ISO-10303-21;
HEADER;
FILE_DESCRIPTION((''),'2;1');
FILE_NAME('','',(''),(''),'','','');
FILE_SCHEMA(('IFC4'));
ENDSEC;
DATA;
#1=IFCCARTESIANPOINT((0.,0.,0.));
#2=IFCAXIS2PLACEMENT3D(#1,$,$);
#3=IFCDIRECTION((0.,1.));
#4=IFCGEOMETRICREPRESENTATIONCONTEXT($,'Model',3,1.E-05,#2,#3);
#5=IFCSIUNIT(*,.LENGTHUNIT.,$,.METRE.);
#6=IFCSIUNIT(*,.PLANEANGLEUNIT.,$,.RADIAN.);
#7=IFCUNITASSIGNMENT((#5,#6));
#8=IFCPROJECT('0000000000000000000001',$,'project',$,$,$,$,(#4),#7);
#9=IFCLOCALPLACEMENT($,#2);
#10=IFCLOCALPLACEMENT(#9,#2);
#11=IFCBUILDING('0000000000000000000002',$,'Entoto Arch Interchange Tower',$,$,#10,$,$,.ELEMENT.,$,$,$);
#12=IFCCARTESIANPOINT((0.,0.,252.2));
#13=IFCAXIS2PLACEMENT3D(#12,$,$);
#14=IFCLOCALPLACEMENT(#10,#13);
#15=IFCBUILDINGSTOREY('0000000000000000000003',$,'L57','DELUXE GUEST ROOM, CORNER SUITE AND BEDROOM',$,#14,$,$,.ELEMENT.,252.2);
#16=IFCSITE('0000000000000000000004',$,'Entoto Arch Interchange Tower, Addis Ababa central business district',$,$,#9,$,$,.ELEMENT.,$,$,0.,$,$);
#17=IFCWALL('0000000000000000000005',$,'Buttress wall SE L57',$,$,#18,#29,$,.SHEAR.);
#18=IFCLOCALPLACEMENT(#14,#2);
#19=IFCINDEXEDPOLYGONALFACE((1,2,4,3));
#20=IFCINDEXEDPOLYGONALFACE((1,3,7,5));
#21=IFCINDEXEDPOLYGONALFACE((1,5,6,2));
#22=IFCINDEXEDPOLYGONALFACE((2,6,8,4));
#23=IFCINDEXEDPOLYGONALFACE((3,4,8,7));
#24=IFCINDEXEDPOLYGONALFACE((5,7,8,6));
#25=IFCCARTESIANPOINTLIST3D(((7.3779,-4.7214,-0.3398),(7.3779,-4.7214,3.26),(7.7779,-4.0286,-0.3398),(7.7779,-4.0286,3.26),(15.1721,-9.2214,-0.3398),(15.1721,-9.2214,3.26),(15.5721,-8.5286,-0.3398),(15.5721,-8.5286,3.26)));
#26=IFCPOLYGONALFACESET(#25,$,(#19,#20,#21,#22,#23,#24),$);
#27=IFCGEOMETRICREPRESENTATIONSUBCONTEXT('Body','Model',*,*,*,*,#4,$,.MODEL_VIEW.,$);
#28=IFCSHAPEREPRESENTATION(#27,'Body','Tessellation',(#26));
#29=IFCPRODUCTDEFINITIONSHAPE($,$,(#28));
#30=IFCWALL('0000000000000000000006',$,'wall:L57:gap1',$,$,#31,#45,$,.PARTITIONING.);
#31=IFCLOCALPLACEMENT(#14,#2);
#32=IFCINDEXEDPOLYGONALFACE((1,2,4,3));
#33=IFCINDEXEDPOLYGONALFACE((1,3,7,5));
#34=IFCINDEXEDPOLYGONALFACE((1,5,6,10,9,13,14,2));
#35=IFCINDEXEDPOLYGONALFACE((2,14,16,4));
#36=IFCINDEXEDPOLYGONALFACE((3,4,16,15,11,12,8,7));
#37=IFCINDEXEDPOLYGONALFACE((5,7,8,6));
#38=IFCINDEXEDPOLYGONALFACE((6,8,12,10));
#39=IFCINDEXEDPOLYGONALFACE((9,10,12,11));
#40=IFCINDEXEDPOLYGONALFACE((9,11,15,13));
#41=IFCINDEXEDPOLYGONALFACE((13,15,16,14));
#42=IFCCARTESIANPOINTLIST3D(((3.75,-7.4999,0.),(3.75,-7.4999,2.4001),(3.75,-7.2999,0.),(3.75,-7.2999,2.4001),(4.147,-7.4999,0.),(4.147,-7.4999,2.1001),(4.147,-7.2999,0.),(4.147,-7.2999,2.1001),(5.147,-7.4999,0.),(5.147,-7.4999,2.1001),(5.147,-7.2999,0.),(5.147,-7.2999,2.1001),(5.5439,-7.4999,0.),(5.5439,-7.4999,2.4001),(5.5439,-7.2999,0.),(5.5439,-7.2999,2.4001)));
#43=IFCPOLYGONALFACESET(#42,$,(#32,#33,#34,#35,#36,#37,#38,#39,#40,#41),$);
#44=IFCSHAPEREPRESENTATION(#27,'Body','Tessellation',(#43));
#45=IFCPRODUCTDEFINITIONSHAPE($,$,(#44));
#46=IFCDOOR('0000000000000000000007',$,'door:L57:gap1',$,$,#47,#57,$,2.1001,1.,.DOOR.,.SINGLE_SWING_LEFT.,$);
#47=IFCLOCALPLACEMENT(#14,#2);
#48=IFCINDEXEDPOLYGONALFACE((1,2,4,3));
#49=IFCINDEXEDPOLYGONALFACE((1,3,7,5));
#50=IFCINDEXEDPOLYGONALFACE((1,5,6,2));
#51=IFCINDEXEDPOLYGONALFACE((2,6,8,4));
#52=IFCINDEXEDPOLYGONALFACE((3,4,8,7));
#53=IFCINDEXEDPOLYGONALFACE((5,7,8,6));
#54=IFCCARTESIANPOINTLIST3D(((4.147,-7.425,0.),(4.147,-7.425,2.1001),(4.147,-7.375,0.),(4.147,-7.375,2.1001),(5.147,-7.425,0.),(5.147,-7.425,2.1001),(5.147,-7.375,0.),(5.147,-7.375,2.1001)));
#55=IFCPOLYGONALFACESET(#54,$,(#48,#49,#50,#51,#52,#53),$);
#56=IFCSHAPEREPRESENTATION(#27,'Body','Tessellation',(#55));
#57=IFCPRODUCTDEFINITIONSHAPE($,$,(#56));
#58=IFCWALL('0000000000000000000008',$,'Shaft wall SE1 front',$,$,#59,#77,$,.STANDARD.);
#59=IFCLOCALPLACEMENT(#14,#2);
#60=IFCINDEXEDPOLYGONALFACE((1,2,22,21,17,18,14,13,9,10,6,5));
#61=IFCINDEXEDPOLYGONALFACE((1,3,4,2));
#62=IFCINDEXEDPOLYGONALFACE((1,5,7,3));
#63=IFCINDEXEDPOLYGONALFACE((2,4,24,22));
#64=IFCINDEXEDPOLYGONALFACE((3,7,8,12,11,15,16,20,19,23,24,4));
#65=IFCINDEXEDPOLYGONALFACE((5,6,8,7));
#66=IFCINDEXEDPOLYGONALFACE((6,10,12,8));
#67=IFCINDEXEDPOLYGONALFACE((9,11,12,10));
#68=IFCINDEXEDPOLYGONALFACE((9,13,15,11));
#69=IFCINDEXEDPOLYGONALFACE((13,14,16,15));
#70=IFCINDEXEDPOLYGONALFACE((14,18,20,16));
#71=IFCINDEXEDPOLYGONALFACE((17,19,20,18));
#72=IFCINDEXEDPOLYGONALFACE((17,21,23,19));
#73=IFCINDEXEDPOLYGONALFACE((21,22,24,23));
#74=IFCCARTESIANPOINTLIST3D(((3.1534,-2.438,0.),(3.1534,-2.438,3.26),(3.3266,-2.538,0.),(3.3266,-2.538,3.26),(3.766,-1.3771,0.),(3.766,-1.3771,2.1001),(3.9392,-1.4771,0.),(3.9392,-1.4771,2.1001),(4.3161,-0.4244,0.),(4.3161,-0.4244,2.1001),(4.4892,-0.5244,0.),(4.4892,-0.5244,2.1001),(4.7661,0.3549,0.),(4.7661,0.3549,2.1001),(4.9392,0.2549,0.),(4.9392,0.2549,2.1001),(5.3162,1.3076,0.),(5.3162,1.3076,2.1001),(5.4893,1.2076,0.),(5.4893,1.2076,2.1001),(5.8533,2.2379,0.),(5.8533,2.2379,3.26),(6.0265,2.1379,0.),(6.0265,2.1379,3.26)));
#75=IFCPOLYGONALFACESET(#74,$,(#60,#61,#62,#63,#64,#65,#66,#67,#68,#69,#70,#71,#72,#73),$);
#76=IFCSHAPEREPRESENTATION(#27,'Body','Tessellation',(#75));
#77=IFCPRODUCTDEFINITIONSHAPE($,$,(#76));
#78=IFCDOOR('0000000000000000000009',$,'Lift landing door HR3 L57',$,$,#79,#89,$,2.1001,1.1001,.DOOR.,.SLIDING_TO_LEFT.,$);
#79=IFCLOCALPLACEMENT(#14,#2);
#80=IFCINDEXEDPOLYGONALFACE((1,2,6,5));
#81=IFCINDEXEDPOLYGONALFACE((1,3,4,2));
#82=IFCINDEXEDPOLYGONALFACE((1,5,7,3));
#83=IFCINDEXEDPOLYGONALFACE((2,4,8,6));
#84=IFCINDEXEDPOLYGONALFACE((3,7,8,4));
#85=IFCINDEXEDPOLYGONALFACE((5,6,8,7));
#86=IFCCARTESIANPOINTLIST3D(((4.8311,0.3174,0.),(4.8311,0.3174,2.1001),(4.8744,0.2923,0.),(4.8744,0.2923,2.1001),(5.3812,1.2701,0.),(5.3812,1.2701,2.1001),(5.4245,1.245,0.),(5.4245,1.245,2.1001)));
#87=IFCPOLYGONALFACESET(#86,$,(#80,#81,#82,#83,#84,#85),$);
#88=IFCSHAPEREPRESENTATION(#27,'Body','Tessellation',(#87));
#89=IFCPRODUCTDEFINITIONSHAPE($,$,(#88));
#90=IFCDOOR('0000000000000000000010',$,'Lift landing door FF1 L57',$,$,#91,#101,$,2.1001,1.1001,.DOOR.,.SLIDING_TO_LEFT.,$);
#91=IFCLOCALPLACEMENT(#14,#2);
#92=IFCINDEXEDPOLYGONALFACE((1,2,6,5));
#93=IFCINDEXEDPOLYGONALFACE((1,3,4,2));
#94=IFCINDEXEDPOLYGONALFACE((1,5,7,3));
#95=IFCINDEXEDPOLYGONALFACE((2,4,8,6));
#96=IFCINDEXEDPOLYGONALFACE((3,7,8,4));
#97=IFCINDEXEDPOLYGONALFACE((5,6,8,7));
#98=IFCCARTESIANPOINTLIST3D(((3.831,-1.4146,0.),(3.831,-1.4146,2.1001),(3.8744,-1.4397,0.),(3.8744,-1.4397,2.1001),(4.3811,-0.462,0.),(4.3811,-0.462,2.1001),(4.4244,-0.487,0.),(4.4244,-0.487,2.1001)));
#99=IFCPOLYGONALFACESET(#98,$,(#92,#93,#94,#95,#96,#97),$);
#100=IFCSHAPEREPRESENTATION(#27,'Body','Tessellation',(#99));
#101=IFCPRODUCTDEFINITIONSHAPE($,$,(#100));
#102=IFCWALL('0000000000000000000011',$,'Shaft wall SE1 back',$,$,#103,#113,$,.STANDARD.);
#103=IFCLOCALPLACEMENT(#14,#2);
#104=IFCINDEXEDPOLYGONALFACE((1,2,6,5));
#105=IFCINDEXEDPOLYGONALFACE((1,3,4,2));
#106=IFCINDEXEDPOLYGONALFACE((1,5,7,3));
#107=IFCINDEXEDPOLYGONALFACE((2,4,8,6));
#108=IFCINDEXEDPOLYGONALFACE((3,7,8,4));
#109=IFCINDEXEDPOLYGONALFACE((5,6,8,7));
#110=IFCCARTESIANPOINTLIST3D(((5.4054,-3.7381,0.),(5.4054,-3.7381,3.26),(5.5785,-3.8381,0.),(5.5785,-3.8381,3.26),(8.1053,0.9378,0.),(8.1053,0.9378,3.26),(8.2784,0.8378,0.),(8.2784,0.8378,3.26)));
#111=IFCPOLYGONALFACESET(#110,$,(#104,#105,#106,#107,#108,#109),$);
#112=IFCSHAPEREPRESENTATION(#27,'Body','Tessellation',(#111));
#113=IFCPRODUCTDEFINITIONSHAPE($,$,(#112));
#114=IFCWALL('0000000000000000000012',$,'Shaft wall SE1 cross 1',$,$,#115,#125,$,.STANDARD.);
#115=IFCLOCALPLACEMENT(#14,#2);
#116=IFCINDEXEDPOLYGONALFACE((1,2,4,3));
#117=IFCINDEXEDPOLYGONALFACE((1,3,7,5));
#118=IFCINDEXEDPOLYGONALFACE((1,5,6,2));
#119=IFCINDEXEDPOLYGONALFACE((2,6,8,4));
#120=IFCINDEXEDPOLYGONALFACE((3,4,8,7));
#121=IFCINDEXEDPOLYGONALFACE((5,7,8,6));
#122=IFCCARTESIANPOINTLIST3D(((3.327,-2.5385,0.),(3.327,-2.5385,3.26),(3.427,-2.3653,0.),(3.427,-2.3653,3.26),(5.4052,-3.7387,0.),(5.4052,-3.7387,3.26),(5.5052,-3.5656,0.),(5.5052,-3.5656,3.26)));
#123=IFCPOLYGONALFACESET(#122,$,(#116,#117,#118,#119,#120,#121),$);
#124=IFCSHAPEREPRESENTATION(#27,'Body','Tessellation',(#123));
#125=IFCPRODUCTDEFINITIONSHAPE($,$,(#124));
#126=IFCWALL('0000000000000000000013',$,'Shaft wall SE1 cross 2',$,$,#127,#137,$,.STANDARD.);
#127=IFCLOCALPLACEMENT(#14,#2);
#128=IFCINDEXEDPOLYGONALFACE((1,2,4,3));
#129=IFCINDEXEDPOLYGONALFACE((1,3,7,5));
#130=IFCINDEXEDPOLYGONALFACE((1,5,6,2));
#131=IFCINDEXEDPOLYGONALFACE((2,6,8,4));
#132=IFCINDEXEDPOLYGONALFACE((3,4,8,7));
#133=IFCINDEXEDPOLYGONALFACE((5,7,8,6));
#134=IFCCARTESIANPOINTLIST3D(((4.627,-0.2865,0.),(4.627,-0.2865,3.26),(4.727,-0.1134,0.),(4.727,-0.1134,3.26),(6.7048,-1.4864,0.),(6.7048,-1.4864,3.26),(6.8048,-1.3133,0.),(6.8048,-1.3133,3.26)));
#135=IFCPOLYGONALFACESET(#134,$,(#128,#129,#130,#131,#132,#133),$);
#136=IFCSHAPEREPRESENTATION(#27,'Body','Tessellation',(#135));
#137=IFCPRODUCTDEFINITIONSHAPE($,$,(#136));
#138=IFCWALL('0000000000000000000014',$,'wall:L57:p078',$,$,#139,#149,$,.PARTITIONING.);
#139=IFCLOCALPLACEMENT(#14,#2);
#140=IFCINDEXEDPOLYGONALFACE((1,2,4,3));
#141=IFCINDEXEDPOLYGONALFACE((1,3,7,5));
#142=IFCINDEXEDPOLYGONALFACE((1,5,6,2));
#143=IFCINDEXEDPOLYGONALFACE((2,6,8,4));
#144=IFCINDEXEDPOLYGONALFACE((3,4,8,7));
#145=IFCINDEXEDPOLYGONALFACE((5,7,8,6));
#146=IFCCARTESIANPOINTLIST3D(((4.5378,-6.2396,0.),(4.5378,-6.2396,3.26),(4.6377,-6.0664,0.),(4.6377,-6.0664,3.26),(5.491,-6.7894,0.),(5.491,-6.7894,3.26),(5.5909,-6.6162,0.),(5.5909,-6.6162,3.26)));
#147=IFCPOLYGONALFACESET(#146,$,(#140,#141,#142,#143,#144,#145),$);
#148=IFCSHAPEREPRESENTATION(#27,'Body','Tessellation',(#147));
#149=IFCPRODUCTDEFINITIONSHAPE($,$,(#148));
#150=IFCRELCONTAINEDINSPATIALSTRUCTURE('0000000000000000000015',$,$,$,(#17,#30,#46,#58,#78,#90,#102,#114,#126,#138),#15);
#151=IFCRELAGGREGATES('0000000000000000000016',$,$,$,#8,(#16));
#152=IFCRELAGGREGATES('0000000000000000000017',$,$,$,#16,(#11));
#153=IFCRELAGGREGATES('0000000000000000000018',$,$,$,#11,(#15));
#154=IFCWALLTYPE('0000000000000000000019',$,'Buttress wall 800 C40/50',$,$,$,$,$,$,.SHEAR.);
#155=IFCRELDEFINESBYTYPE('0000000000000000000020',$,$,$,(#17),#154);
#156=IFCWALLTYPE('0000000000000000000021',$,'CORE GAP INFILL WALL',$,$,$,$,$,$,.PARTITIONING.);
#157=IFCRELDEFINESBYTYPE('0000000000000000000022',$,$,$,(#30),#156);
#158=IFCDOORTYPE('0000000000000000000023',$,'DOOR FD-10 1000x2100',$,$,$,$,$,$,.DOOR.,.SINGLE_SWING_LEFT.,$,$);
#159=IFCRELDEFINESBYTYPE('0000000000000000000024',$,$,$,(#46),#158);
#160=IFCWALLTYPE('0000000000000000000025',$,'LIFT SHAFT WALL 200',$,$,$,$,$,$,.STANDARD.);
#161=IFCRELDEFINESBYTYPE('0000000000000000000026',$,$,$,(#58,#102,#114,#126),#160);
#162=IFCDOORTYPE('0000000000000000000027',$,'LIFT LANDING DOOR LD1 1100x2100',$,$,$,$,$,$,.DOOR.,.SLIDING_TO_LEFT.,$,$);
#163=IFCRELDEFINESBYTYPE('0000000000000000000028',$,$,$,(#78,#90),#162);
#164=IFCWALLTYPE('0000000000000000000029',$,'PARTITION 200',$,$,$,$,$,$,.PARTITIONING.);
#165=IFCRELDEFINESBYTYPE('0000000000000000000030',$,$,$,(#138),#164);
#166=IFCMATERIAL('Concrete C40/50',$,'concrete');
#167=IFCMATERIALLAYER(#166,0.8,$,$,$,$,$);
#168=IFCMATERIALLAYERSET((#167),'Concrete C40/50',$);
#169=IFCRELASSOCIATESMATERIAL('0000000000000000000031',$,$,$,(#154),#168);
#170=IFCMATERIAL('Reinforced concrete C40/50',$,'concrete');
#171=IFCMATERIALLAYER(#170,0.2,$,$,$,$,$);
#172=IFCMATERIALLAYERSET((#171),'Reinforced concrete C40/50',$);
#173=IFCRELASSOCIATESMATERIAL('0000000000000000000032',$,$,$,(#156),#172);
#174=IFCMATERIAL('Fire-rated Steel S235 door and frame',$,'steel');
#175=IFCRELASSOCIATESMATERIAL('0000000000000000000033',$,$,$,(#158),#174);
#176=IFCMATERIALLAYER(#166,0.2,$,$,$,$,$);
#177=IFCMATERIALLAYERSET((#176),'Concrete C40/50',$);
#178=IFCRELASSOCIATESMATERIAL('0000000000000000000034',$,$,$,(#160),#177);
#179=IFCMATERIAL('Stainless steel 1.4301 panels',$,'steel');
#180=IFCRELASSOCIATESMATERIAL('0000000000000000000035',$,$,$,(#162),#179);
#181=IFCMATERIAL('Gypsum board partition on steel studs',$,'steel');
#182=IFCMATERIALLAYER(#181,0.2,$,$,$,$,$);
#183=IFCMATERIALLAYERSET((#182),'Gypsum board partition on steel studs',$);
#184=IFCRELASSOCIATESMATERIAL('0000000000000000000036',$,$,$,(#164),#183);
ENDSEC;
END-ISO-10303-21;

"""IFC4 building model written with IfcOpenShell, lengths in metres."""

from ifc_helpers import new_model, si_unit, direction, frame, frame_2d, origin, place, context, subcontext, project, spatial, rectangle, extrude, material, layer, layer_set, type_object, element, fill, save


model = new_model("IFC4")

# Units and contexts
model_context = context("Model", 3, precision=1e-05, world=origin(), true_north=direction((0.0, 1.0)))
body_context = subcontext(model_context, "Body", "Model", "MODEL_VIEW")
ifc_project = project(units=[si_unit("LENGTHUNIT", "METRE"), si_unit("PLANEANGLEUNIT", "RADIAN")], contexts=[model_context])

# Site, building, storey
site_placement = place(None, origin())
site = spatial("IfcSite", under=ifc_project, at=site_placement, Name="Entoto Arch Interchange Tower, Addis Ababa central business district", CompositionType="ELEMENT", RefElevation=0.0)
building_placement = place(site_placement, origin())
building = spatial("IfcBuilding", under=site, at=building_placement, Name="Entoto Arch Interchange Tower", CompositionType="ELEMENT")
storey_placement = place(building_placement, frame((0.0, 0.0, 252.2)))
storey = spatial("IfcBuildingStorey", under=building, at=storey_placement, Name="L57", Description="DELUXE GUEST ROOM, CORNER SUITE AND BEDROOM", CompositionType="ELEMENT", Elevation=252.2)

# Wall
ifc_material_1 = material(Name="Concrete C40/50", Category="concrete")
ifc_layer_1 = layer(ifc_material_1, 0.8)
ifc_layer_set_1 = layer_set([ifc_layer_1], Name="Concrete C40/50")
wall_type_1 = type_object("IfcWallType", Name="Buttress wall 800 C40/50", PredefinedType="SHEAR", material=ifc_layer_set_1)
wall_1_placement = place(storey_placement, frame((7.5779, -4.375, -0.3398), z_axis=(0.0, 0.0, 1.0), x_axis=(0.866024, -0.500002, 0.0)))
element("IfcWall", 1, at=wall_1_placement, inside=storey, type_object=wall_type_1, Name="Buttress wall SE L57", PredefinedType="SHEAR", context=body_context, shape_type="SweptSolid", body=[
    extrude(rectangle(XDim=9.0, YDim=0.8, at=frame_2d((4.5, 0.0))), origin(), (0.0, 0.0, 1.0), 3.5999),
])

# Wall, opening, door
ifc_material_2 = material(Name="Reinforced concrete C40/50", Category="concrete")
ifc_layer_2 = layer(ifc_material_2, 0.2)
ifc_layer_set_2 = layer_set([ifc_layer_2], Name="Reinforced concrete C40/50")
wall_type_2 = type_object("IfcWallType", Name="CORE GAP INFILL WALL", PredefinedType="PARTITIONING", material=ifc_layer_set_2)
wall_2_placement = place(storey_placement, frame((3.75, -7.3999, 0.0), z_axis=(0.0, 0.0, 1.0), x_axis=(1.0, 0.0, 0.0)))
wall_2 = element("IfcWall", 2, at=wall_2_placement, inside=storey, type_object=wall_type_2, Name="wall:L57:gap1", PredefinedType="PARTITIONING", context=body_context, shape_type="SweptSolid", body=[
    extrude(rectangle(XDim=1.7939, YDim=0.2, at=frame_2d((0.897, 0.0))), origin(), (0.0, 0.0, 1.0), 2.4001),
])
opening_1_placement = place(wall_2_placement, frame((0.397, 0.0, 0.0)))
opening_1 = element("IfcOpeningElement", 3, at=opening_1_placement, cuts=wall_2, PredefinedType="OPENING", context=body_context, shape_type="SweptSolid", body=[
    extrude(rectangle(XDim=1.0, YDim=2.1001, at=frame_2d((0.5, 1.05))), frame((0.0, 0.1099, 0.0), z_axis=(0.0, -1.0, 0.0), x_axis=(1.0, 0.0, 0.0)), (0.0, 0.0, 1.0), 0.22),
])
ifc_material_3 = material(Name="Fire-rated Steel S235 door and frame", Category="steel")
door_type_1 = type_object("IfcDoorType", Name="DOOR FD-10 1000x2100", OperationType="SINGLE_SWING_LEFT", PredefinedType="DOOR", material=ifc_material_3)
door_1_placement = place(opening_1_placement, origin())
door_1 = element("IfcDoor", 4, at=door_1_placement, inside=storey, type_object=door_type_1, Name="door:L57:gap1", OperationType="SINGLE_SWING_LEFT", OverallHeight=2.1001, OverallWidth=1.0, PredefinedType="DOOR", context=body_context, shape_type="SweptSolid", body=[
    extrude(rectangle(XDim=1.0, YDim=2.1001, at=frame_2d((0.5, 1.05))), frame((0.0, 0.0249, 0.0), z_axis=(0.0, -1.0, 0.0), x_axis=(1.0, 0.0, 0.0)), (0.0, 0.0, 1.0), 0.05),
])
fill(opening_1, door_1)

# Wall, openings, doors
ifc_layer_3 = layer(ifc_material_1, 0.2)
ifc_layer_set_3 = layer_set([ifc_layer_3], Name="Concrete C40/50")
wall_type_3 = type_object("IfcWallType", Name="LIFT SHAFT WALL 200", PredefinedType="STANDARD", material=ifc_layer_set_3)
wall_3_placement = place(storey_placement, frame((3.24, -2.488, 0.0), z_axis=(0.0, 0.0, 1.0), x_axis=(0.500034, 0.866006, 0.0)))
wall_3 = element("IfcWall", 5, at=wall_3_placement, inside=storey, type_object=wall_type_3, Name="Shaft wall SE1 front", PredefinedType="STANDARD", context=body_context, shape_type="SweptSolid", body=[
    extrude(rectangle(XDim=5.3994, YDim=0.2, at=frame_2d((2.6997, 0.0))), origin(), (0.0, 0.0, 1.0), 3.26),
])
opening_2_placement = place(wall_3_placement, frame((3.2251, 0.0, 0.0)))
opening_2 = element("IfcOpeningElement", 6, at=opening_2_placement, cuts=wall_3, PredefinedType="OPENING", context=body_context, shape_type="SweptSolid", body=[
    extrude(rectangle(XDim=1.1001, YDim=2.1001, at=frame_2d((0.55, 1.05))), frame((0.0, 0.1099, 0.0), z_axis=(0.0, -1.0, 0.0), x_axis=(1.0, 0.0, 0.0)), (0.0, 0.0, 1.0), 0.22),
])
opening_3_placement = place(wall_3_placement, frame((1.2251, 0.0, 0.0)))
opening_3 = element("IfcOpeningElement", 7, at=opening_3_placement, cuts=wall_3, PredefinedType="OPENING", context=body_context, shape_type="SweptSolid", body=[
    extrude(rectangle(XDim=1.1001, YDim=2.1001, at=frame_2d((0.55, 1.05))), frame((0.0, 0.1099, 0.0), z_axis=(0.0, -1.0, 0.0), x_axis=(1.0, 0.0, 0.0)), (0.0, 0.0, 1.0), 0.22),
])
ifc_material_4 = material(Name="Stainless steel 1.4301 panels", Category="steel")
door_type_2 = type_object("IfcDoorType", Name="LIFT LANDING DOOR LD1 1100x2100", OperationType="SLIDING_TO_LEFT", PredefinedType="DOOR", material=ifc_material_4)
door_2_placement = place(opening_2_placement, origin())
door_2 = element("IfcDoor", 8, at=door_2_placement, inside=storey, type_object=door_type_2, Name="Lift landing door HR3 L57", OperationType="SLIDING_TO_LEFT", OverallHeight=2.1001, OverallWidth=1.1001, PredefinedType="DOOR", context=body_context, shape_type="SweptSolid", body=[
    extrude(rectangle(XDim=1.1001, YDim=2.1001, at=frame_2d((0.55, 1.05))), frame((0.0, 0.0249, 0.0), z_axis=(0.0, -1.0, 0.0), x_axis=(1.0, 0.0, 0.0)), (0.0, 0.0, 1.0), 0.05),
])
fill(opening_2, door_2)
door_3_placement = place(opening_3_placement, origin())
door_3 = element("IfcDoor", 9, at=door_3_placement, inside=storey, type_object=door_type_2, Name="Lift landing door FF1 L57", OperationType="SLIDING_TO_LEFT", OverallHeight=2.1001, OverallWidth=1.1001, PredefinedType="DOOR", context=body_context, shape_type="SweptSolid", body=[
    extrude(rectangle(XDim=1.1001, YDim=2.1001, at=frame_2d((0.55, 1.05))), frame((0.0, 0.0249, 0.0), z_axis=(0.0, -1.0, 0.0), x_axis=(1.0, 0.0, 0.0)), (0.0, 0.0, 1.0), 0.05),
])
fill(opening_3, door_3)

# Walls
wall_4_placement = place(storey_placement, frame((5.4919, -3.7881, 0.0), z_axis=(0.0, 0.0, 1.0), x_axis=(0.500034, 0.866006, 0.0)))
element("IfcWall", 10, at=wall_4_placement, inside=storey, type_object=wall_type_3, Name="Shaft wall SE1 back", PredefinedType="STANDARD", context=body_context, shape_type="SweptSolid", body=[
    extrude(rectangle(XDim=5.3994, YDim=0.2, at=frame_2d((2.6997, 0.0))), origin(), (0.0, 0.0, 1.0), 3.26),
])
wall_5_placement = place(storey_placement, frame((3.377, -2.4519, 0.0), z_axis=(0.0, 0.0, 1.0), x_axis=(0.865955, -0.500122, 0.0)))
element("IfcWall", 11, at=wall_5_placement, inside=storey, type_object=wall_type_3, Name="Shaft wall SE1 cross 1", PredefinedType="STANDARD", context=body_context, shape_type="SweptSolid", body=[
    extrude(rectangle(XDim=2.3999, YDim=0.2, at=frame_2d((1.2, 0.0))), origin(), (0.0, 0.0, 1.0), 3.26),
])
wall_6_placement = place(storey_placement, frame((4.677, -0.2, 0.0), z_axis=(0.0, 0.0, 1.0), x_axis=(0.865974, -0.500089, 0.0)))
element("IfcWall", 12, at=wall_6_placement, inside=storey, type_object=wall_type_3, Name="Shaft wall SE1 cross 2", PredefinedType="STANDARD", context=body_context, shape_type="SweptSolid", body=[
    extrude(rectangle(XDim=2.3994, YDim=0.2, at=frame_2d((1.1997, 0.0))), origin(), (0.0, 0.0, 1.0), 3.26),
])
ifc_material_5 = material(Name="Gypsum board partition on steel studs", Category="steel")
ifc_layer_4 = layer(ifc_material_5, 0.2)
ifc_layer_set_4 = layer_set([ifc_layer_4], Name="Gypsum board partition on steel studs")
wall_type_4 = type_object("IfcWallType", Name="PARTITION 200", PredefinedType="PARTITIONING", material=ifc_layer_set_4)
wall_7_placement = place(storey_placement, frame((5.541, -6.7029, 0.0), z_axis=(0.0, 0.0, 1.0), x_axis=(-0.866215, 0.499671, 0.0)))
element("IfcWall", 13, at=wall_7_placement, inside=storey, type_object=wall_type_4, Name="wall:L57:p078", PredefinedType="PARTITIONING", context=body_context, shape_type="SweptSolid", body=[
    extrude(rectangle(XDim=1.1003, YDim=0.2, at=frame_2d((0.5503, 0.0))), origin(), (0.0, 0.0, 1.0), 3.26),
])

save(model, "model.ifc")
